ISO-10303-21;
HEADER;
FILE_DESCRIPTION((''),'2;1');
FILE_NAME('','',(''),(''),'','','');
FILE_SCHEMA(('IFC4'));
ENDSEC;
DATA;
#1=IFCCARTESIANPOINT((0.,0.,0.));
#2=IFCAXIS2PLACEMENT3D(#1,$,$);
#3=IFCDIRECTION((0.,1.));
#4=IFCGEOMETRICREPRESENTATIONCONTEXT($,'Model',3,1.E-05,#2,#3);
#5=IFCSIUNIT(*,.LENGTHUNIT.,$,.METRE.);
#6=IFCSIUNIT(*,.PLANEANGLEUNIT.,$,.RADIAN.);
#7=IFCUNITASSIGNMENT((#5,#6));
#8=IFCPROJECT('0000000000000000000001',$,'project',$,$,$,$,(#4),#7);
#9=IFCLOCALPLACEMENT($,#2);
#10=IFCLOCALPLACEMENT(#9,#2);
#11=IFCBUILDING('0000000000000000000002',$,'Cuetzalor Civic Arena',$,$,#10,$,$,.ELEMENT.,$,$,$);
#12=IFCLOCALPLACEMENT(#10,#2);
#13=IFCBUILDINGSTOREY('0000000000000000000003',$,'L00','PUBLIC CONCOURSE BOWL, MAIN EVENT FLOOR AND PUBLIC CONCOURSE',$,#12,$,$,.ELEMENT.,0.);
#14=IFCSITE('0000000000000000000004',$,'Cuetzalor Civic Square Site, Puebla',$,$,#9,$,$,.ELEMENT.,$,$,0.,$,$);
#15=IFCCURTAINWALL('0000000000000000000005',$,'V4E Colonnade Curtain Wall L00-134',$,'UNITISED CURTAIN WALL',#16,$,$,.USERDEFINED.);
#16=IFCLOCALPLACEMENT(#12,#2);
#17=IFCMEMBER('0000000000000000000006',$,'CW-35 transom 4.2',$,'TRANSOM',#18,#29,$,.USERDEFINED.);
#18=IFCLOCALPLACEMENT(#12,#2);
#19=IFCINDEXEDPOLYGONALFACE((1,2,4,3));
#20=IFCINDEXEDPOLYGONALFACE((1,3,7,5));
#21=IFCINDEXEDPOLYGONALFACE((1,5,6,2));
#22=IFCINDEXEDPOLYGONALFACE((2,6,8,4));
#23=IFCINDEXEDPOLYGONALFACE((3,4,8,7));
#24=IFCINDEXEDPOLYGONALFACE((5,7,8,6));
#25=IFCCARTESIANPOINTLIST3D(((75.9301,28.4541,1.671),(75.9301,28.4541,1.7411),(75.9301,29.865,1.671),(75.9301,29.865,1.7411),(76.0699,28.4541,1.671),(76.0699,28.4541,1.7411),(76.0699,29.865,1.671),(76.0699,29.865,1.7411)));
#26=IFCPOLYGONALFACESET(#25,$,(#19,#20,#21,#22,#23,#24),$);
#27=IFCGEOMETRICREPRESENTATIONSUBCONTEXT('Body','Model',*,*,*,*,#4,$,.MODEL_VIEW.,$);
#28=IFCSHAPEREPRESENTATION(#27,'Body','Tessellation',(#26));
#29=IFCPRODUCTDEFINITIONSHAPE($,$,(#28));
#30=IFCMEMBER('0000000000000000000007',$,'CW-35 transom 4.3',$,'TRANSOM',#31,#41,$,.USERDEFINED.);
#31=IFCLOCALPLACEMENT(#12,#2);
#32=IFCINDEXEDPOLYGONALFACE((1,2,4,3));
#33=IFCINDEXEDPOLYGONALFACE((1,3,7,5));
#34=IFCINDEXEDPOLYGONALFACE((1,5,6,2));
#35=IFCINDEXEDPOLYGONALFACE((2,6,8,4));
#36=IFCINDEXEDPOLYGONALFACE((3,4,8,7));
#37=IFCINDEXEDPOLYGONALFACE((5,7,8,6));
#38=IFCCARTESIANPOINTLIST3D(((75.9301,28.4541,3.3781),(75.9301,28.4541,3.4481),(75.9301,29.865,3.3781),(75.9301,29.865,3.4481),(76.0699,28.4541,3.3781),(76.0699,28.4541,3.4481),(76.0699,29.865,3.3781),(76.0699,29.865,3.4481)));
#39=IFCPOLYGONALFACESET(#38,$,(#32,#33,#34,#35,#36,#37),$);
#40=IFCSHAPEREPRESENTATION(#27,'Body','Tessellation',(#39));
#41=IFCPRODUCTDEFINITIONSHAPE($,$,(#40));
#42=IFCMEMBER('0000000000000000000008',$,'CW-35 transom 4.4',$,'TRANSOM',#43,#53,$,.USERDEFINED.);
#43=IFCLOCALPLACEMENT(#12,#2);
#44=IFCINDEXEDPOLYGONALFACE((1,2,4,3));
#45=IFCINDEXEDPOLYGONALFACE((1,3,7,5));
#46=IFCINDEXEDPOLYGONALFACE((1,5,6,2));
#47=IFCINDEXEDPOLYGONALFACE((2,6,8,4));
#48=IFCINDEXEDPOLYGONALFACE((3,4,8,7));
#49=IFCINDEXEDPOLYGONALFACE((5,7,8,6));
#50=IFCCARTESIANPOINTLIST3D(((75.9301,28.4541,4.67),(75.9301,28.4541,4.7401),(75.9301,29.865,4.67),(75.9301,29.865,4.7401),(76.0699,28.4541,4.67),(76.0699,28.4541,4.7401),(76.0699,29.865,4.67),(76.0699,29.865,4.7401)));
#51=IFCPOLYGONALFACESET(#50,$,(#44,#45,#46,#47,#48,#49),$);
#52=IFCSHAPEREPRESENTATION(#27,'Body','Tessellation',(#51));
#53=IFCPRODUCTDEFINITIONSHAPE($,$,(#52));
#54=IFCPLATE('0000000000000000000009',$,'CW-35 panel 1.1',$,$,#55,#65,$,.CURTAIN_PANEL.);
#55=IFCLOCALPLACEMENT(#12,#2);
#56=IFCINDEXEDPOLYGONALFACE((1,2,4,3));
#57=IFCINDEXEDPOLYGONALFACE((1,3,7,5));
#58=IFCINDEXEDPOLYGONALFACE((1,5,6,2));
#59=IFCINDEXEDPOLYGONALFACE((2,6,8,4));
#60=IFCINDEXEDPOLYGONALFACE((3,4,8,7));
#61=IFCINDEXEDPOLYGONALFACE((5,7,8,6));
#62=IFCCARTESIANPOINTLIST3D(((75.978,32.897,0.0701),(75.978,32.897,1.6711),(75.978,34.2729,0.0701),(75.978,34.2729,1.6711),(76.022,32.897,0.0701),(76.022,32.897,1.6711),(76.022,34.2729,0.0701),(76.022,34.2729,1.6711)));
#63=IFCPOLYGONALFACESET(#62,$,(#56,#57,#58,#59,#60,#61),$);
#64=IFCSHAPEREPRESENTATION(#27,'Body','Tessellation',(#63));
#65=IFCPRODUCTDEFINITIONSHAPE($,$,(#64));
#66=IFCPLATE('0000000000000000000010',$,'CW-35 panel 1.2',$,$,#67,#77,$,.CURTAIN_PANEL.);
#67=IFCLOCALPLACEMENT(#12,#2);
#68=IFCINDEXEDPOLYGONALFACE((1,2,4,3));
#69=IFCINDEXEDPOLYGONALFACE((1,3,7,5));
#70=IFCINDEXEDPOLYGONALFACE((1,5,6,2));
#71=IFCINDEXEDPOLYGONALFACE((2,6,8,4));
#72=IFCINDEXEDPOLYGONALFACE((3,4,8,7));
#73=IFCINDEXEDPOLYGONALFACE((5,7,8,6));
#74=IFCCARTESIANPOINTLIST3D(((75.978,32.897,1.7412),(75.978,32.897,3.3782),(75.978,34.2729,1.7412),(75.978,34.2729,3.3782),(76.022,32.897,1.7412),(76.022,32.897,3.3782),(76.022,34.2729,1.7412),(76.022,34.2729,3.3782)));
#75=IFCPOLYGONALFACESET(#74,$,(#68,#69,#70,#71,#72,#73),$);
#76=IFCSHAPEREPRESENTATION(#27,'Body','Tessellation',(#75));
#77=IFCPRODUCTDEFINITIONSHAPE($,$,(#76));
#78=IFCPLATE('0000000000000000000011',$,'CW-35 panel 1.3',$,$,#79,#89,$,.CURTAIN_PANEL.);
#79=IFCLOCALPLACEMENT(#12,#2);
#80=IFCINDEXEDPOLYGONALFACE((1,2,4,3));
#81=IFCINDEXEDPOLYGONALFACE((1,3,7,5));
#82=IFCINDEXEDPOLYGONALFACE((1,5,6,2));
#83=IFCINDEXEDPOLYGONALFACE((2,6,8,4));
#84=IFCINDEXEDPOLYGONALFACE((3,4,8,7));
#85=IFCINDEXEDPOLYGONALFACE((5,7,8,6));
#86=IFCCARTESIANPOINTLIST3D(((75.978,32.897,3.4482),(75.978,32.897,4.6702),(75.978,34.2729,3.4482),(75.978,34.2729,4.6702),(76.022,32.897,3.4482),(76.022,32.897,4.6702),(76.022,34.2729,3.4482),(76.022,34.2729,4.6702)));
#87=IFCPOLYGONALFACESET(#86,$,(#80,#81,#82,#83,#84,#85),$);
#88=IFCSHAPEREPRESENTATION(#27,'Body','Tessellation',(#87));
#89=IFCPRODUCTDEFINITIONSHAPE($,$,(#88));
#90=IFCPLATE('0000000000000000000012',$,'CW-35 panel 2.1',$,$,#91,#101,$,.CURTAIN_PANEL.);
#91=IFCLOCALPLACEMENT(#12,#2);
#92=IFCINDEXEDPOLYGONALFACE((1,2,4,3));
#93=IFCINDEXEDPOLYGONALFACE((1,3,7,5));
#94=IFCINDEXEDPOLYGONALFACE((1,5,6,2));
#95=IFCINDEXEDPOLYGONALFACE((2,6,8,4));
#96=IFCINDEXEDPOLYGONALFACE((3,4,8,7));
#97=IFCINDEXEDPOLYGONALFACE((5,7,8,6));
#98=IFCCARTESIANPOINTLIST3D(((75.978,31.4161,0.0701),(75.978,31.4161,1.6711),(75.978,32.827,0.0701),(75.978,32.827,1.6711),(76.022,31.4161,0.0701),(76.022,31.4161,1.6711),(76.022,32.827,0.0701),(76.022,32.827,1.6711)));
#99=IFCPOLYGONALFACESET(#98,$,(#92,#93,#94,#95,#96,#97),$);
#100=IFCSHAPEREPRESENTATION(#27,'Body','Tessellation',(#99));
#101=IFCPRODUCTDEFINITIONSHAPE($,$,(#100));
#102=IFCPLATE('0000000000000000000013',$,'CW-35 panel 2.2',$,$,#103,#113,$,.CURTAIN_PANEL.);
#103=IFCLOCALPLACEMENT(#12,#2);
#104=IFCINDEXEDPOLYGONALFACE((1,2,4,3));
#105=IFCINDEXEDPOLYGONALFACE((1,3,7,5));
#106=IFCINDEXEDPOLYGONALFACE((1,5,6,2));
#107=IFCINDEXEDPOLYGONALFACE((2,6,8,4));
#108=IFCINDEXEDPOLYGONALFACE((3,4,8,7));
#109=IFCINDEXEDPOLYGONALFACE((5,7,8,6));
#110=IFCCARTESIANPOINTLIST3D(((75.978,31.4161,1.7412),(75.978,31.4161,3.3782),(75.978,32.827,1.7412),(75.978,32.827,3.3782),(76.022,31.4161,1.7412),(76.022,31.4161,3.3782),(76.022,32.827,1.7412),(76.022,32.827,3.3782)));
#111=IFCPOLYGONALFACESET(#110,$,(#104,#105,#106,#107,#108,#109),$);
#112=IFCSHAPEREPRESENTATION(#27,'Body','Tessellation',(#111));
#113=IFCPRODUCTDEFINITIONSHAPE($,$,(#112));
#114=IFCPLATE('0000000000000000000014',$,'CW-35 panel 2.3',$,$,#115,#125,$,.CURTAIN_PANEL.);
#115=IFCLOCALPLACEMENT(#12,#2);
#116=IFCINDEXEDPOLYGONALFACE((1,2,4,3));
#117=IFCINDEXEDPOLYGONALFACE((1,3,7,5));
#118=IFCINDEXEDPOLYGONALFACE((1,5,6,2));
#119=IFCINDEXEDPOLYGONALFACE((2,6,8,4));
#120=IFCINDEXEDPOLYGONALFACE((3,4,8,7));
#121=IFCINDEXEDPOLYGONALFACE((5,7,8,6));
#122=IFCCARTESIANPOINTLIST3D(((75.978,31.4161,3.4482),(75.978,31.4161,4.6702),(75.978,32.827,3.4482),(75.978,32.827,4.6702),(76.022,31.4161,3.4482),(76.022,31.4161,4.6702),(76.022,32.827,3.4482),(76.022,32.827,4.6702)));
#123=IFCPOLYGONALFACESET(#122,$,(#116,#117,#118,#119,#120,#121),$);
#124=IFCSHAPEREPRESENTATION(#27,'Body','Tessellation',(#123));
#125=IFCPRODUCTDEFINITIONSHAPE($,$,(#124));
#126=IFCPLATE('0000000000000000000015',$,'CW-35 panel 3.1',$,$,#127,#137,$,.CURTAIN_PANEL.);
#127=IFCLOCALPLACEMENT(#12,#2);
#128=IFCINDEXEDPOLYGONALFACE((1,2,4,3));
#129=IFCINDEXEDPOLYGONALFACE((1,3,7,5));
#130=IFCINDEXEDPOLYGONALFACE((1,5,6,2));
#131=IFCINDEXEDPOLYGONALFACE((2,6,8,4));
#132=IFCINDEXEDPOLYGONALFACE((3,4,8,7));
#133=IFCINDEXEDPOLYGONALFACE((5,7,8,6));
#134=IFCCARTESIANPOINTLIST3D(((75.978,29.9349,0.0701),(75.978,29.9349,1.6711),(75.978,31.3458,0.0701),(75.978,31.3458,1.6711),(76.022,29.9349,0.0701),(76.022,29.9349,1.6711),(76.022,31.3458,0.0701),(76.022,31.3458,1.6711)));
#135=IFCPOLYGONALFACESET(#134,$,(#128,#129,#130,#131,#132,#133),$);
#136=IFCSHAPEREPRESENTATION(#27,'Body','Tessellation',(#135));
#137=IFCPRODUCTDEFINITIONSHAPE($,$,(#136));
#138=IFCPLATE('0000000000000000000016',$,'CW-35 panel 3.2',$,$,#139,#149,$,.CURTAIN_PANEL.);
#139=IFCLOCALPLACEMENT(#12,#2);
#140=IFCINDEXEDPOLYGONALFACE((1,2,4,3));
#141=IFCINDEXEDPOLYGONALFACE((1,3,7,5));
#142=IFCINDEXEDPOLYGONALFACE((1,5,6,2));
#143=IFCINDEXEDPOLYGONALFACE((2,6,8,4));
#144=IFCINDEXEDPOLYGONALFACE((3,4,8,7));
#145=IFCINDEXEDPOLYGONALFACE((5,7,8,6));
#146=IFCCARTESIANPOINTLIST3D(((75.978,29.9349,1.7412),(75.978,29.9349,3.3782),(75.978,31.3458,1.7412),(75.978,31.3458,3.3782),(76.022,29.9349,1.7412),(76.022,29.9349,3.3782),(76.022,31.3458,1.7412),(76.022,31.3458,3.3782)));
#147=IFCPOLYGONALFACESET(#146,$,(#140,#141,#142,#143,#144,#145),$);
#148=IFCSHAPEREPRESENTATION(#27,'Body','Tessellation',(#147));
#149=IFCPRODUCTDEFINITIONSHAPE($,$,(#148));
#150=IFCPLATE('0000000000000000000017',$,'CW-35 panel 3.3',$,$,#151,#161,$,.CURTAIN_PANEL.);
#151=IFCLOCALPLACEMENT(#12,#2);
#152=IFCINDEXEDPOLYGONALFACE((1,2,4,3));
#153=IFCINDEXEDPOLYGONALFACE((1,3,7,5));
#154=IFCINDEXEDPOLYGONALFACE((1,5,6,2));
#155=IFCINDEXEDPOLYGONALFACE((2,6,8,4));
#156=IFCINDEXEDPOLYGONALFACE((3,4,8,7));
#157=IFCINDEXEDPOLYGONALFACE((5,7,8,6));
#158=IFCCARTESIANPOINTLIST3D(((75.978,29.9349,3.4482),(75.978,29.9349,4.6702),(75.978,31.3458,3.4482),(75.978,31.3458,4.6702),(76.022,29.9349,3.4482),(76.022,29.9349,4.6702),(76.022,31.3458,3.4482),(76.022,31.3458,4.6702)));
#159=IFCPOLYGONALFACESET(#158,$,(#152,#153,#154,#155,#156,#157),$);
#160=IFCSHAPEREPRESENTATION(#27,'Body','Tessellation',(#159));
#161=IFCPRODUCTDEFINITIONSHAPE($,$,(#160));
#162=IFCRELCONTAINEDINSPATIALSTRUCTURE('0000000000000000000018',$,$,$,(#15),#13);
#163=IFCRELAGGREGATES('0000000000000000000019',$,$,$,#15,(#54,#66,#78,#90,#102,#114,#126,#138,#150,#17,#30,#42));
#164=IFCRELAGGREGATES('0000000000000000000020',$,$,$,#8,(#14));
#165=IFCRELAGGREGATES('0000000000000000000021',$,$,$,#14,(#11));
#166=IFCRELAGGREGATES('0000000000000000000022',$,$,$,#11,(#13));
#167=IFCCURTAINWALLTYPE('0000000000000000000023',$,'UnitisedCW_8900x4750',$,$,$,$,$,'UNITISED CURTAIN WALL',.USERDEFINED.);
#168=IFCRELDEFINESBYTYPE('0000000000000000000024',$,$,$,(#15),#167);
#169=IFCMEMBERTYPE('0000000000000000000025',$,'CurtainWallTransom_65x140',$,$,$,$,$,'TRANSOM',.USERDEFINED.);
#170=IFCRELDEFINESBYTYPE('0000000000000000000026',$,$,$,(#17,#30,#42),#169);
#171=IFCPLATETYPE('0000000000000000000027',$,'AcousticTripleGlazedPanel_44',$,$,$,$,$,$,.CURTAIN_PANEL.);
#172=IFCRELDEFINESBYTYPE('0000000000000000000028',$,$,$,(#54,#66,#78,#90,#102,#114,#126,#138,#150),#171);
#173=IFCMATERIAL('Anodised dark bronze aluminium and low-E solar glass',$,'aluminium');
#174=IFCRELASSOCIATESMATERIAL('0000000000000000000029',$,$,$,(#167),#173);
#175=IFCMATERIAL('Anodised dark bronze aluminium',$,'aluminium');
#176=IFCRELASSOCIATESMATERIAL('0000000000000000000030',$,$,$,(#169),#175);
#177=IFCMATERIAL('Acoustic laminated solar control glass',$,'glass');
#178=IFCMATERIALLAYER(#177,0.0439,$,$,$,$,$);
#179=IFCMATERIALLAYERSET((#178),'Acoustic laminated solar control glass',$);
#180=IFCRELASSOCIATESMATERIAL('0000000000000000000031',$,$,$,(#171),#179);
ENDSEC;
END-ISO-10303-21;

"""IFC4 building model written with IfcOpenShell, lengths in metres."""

from ifc_helpers import new_model, si_unit, direction, frame, origin, origin_2d, place, context, subcontext, project, spatial, rectangle, extrude, material, layer, layer_set, material_profile, profile_set, type_object, element, aggregate, save


model = new_model("IFC4")

# Units and contexts
model_context = context("Model", 3, precision=1e-05, world=origin(), true_north=direction((0.0, 1.0)))
body_context = subcontext(model_context, "Body", "Model", "MODEL_VIEW")
ifc_project = project(units=[si_unit("LENGTHUNIT", "METRE"), si_unit("PLANEANGLEUNIT", "RADIAN")], contexts=[model_context])

# Site, building, storey
site_placement = place(None, origin())
site = spatial("IfcSite", under=ifc_project, at=site_placement, Name="Cuetzalor Civic Square Site, Puebla", CompositionType="ELEMENT", RefElevation=0.0)
building_placement = place(site_placement, origin())
building = spatial("IfcBuilding", under=site, at=building_placement, Name="Cuetzalor Civic Arena", CompositionType="ELEMENT")
storey_placement = place(building_placement, origin())
storey = spatial("IfcBuildingStorey", under=building, at=storey_placement, Name="L00", Description="PUBLIC CONCOURSE BOWL, MAIN EVENT FLOOR AND PUBLIC CONCOURSE", CompositionType="ELEMENT", Elevation=0.0)

# Curtain wall, members, plates
ifc_material_1 = material(Name="Anodised dark bronze aluminium and low-E solar glass", Category="aluminium")
curtain_wall_type = type_object("IfcCurtainWallType", Name="UnitisedCW_8900x4750", ElementType="UNITISED CURTAIN WALL", PredefinedType="USERDEFINED", material=ifc_material_1)
curtain_wall_placement = place(storey_placement, origin())
curtain_wall = element("IfcCurtainWall", 1, at=curtain_wall_placement, inside=storey, type_object=curtain_wall_type, Name="V4E Colonnade Curtain Wall L00-134", ObjectType="UNITISED CURTAIN WALL", PredefinedType="USERDEFINED")
ifc_material_2 = material(Name="Anodised dark bronze aluminium", Category="aluminium")
ifc_material_profile_1 = material_profile(ifc_material_2, rectangle(XDim=0.1399, YDim=0.0701, at=origin_2d()), Name="ALU TRANSOM 70x140")
ifc_profile_set_1 = profile_set([ifc_material_profile_1], Name="Anodised dark bronze aluminium")
member_type_1 = type_object("IfcMemberType", Name="CurtainWallTransom_65x140", ElementType="TRANSOM", PredefinedType="USERDEFINED", material=ifc_profile_set_1)
member_1_placement = place(storey_placement, frame((76.0, 29.865, 1.7061), z_axis=(0.0, -1.0, 0.0), x_axis=(1.0, 0.0, 0.0)))
member_1 = element("IfcMember", 2, at=member_1_placement, type_object=member_type_1, Name="CW-35 transom 4.2", ObjectType="TRANSOM", PredefinedType="USERDEFINED", context=body_context, shape_type="SweptSolid", body=[
    extrude(rectangle(XDim=0.1399, YDim=0.0701, at=origin_2d()), origin(), (0.0, 0.0, 1.0), 1.4109),
])
member_2_placement = place(storey_placement, frame((76.0, 29.865, 3.4131), z_axis=(0.0, -1.0, 0.0), x_axis=(1.0, 0.0, 0.0)))
member_2 = element("IfcMember", 3, at=member_2_placement, type_object=member_type_1, Name="CW-35 transom 4.3", ObjectType="TRANSOM", PredefinedType="USERDEFINED", context=body_context, shape_type="SweptSolid", body=[
    extrude(rectangle(XDim=0.1399, YDim=0.0701, at=origin_2d()), origin(), (0.0, 0.0, 1.0), 1.4109),
])
member_3_placement = place(storey_placement, frame((76.0, 29.865, 4.7051), z_axis=(0.0, -1.0, 0.0), x_axis=(1.0, 0.0, 0.0)))
member_3 = element("IfcMember", 4, at=member_3_placement, type_object=member_type_1, Name="CW-35 transom 4.4", ObjectType="TRANSOM", PredefinedType="USERDEFINED", context=body_context, shape_type="SweptSolid", body=[
    extrude(rectangle(XDim=0.1399, YDim=0.0701, at=origin_2d()), origin(), (0.0, 0.0, 1.0), 1.4109),
])
ifc_material_3 = material(Name="Acoustic laminated solar control glass", Category="glass")
ifc_layer = layer(ifc_material_3, 0.0439)
ifc_layer_set = layer_set([ifc_layer], Name="Acoustic laminated solar control glass")
plate_type = type_object("IfcPlateType", Name="AcousticTripleGlazedPanel_44", PredefinedType="CURTAIN_PANEL", material=ifc_layer_set)
plate_1_placement = place(storey_placement, frame((76.0, 33.585, 0.0701), z_axis=(0.0, 0.0, 1.0), x_axis=(0.0, -1.0, 0.0)))
plate_1 = element("IfcPlate", 5, at=plate_1_placement, type_object=plate_type, Name="CW-35 panel 1.1", PredefinedType="CURTAIN_PANEL", context=body_context, shape_type="SweptSolid", body=[
    extrude(rectangle(XDim=1.376, YDim=0.0439, at=origin_2d()), origin(), (0.0, 0.0, 1.0), 1.6011),
])
plate_2_placement = place(storey_placement, frame((76.0, 33.585, 1.7412), z_axis=(0.0, 0.0, 1.0), x_axis=(0.0, -1.0, 0.0)))
plate_2 = element("IfcPlate", 6, at=plate_2_placement, type_object=plate_type, Name="CW-35 panel 1.2", PredefinedType="CURTAIN_PANEL", context=body_context, shape_type="SweptSolid", body=[
    extrude(rectangle(XDim=1.376, YDim=0.0439, at=origin_2d()), origin(), (0.0, 0.0, 1.0), 1.637),
])
plate_3_placement = place(storey_placement, frame((76.0, 33.585, 3.4482), z_axis=(0.0, 0.0, 1.0), x_axis=(0.0, -1.0, 0.0)))
plate_3 = element("IfcPlate", 7, at=plate_3_placement, type_object=plate_type, Name="CW-35 panel 1.3", PredefinedType="CURTAIN_PANEL", context=body_context, shape_type="SweptSolid", body=[
    extrude(rectangle(XDim=1.376, YDim=0.0439, at=origin_2d()), origin(), (0.0, 0.0, 1.0), 1.2219),
])
plate_4_placement = place(storey_placement, frame((76.0, 32.1216, 0.0701), z_axis=(0.0, 0.0, 1.0), x_axis=(0.0, -1.0, 0.0)))
plate_4 = element("IfcPlate", 8, at=plate_4_placement, type_object=plate_type, Name="CW-35 panel 2.1", PredefinedType="CURTAIN_PANEL", context=body_context, shape_type="SweptSolid", body=[
    extrude(rectangle(XDim=1.4109, YDim=0.0439, at=origin_2d()), origin(), (0.0, 0.0, 1.0), 1.6011),
])
plate_5_placement = place(storey_placement, frame((76.0, 32.1216, 1.7412), z_axis=(0.0, 0.0, 1.0), x_axis=(0.0, -1.0, 0.0)))
plate_5 = element("IfcPlate", 9, at=plate_5_placement, type_object=plate_type, Name="CW-35 panel 2.2", PredefinedType="CURTAIN_PANEL", context=body_context, shape_type="SweptSolid", body=[
    extrude(rectangle(XDim=1.4109, YDim=0.0439, at=origin_2d()), origin(), (0.0, 0.0, 1.0), 1.637),
])
plate_6_placement = place(storey_placement, frame((76.0, 32.1216, 3.4482), z_axis=(0.0, 0.0, 1.0), x_axis=(0.0, -1.0, 0.0)))
plate_6 = element("IfcPlate", 10, at=plate_6_placement, type_object=plate_type, Name="CW-35 panel 2.3", PredefinedType="CURTAIN_PANEL", context=body_context, shape_type="SweptSolid", body=[
    extrude(rectangle(XDim=1.4109, YDim=0.0439, at=origin_2d()), origin(), (0.0, 0.0, 1.0), 1.2219),
])
plate_7_placement = place(storey_placement, frame((76.0, 30.6404, 0.0701), z_axis=(0.0, 0.0, 1.0), x_axis=(0.0, -1.0, 0.0)))
plate_7 = element("IfcPlate", 11, at=plate_7_placement, type_object=plate_type, Name="CW-35 panel 3.1", PredefinedType="CURTAIN_PANEL", context=body_context, shape_type="SweptSolid", body=[
    extrude(rectangle(XDim=1.4109, YDim=0.0439, at=origin_2d()), origin(), (0.0, 0.0, 1.0), 1.6011),
])
plate_8_placement = place(storey_placement, frame((76.0, 30.6404, 1.7412), z_axis=(0.0, 0.0, 1.0), x_axis=(0.0, -1.0, 0.0)))
plate_8 = element("IfcPlate", 12, at=plate_8_placement, type_object=plate_type, Name="CW-35 panel 3.2", PredefinedType="CURTAIN_PANEL", context=body_context, shape_type="SweptSolid", body=[
    extrude(rectangle(XDim=1.4109, YDim=0.0439, at=origin_2d()), origin(), (0.0, 0.0, 1.0), 1.637),
])
plate_9_placement = place(storey_placement, frame((76.0, 30.6404, 3.4482), z_axis=(0.0, 0.0, 1.0), x_axis=(0.0, -1.0, 0.0)))
plate_9 = element("IfcPlate", 13, at=plate_9_placement, type_object=plate_type, Name="CW-35 panel 3.3", PredefinedType="CURTAIN_PANEL", context=body_context, shape_type="SweptSolid", body=[
    extrude(rectangle(XDim=1.4109, YDim=0.0439, at=origin_2d()), origin(), (0.0, 0.0, 1.0), 1.2219),
])
aggregate(curtain_wall, [plate_1, plate_2, plate_3, plate_4, plate_5, plate_6, plate_7, plate_8, plate_9, member_1, member_2, member_3])

save(model, "model.ifc")
